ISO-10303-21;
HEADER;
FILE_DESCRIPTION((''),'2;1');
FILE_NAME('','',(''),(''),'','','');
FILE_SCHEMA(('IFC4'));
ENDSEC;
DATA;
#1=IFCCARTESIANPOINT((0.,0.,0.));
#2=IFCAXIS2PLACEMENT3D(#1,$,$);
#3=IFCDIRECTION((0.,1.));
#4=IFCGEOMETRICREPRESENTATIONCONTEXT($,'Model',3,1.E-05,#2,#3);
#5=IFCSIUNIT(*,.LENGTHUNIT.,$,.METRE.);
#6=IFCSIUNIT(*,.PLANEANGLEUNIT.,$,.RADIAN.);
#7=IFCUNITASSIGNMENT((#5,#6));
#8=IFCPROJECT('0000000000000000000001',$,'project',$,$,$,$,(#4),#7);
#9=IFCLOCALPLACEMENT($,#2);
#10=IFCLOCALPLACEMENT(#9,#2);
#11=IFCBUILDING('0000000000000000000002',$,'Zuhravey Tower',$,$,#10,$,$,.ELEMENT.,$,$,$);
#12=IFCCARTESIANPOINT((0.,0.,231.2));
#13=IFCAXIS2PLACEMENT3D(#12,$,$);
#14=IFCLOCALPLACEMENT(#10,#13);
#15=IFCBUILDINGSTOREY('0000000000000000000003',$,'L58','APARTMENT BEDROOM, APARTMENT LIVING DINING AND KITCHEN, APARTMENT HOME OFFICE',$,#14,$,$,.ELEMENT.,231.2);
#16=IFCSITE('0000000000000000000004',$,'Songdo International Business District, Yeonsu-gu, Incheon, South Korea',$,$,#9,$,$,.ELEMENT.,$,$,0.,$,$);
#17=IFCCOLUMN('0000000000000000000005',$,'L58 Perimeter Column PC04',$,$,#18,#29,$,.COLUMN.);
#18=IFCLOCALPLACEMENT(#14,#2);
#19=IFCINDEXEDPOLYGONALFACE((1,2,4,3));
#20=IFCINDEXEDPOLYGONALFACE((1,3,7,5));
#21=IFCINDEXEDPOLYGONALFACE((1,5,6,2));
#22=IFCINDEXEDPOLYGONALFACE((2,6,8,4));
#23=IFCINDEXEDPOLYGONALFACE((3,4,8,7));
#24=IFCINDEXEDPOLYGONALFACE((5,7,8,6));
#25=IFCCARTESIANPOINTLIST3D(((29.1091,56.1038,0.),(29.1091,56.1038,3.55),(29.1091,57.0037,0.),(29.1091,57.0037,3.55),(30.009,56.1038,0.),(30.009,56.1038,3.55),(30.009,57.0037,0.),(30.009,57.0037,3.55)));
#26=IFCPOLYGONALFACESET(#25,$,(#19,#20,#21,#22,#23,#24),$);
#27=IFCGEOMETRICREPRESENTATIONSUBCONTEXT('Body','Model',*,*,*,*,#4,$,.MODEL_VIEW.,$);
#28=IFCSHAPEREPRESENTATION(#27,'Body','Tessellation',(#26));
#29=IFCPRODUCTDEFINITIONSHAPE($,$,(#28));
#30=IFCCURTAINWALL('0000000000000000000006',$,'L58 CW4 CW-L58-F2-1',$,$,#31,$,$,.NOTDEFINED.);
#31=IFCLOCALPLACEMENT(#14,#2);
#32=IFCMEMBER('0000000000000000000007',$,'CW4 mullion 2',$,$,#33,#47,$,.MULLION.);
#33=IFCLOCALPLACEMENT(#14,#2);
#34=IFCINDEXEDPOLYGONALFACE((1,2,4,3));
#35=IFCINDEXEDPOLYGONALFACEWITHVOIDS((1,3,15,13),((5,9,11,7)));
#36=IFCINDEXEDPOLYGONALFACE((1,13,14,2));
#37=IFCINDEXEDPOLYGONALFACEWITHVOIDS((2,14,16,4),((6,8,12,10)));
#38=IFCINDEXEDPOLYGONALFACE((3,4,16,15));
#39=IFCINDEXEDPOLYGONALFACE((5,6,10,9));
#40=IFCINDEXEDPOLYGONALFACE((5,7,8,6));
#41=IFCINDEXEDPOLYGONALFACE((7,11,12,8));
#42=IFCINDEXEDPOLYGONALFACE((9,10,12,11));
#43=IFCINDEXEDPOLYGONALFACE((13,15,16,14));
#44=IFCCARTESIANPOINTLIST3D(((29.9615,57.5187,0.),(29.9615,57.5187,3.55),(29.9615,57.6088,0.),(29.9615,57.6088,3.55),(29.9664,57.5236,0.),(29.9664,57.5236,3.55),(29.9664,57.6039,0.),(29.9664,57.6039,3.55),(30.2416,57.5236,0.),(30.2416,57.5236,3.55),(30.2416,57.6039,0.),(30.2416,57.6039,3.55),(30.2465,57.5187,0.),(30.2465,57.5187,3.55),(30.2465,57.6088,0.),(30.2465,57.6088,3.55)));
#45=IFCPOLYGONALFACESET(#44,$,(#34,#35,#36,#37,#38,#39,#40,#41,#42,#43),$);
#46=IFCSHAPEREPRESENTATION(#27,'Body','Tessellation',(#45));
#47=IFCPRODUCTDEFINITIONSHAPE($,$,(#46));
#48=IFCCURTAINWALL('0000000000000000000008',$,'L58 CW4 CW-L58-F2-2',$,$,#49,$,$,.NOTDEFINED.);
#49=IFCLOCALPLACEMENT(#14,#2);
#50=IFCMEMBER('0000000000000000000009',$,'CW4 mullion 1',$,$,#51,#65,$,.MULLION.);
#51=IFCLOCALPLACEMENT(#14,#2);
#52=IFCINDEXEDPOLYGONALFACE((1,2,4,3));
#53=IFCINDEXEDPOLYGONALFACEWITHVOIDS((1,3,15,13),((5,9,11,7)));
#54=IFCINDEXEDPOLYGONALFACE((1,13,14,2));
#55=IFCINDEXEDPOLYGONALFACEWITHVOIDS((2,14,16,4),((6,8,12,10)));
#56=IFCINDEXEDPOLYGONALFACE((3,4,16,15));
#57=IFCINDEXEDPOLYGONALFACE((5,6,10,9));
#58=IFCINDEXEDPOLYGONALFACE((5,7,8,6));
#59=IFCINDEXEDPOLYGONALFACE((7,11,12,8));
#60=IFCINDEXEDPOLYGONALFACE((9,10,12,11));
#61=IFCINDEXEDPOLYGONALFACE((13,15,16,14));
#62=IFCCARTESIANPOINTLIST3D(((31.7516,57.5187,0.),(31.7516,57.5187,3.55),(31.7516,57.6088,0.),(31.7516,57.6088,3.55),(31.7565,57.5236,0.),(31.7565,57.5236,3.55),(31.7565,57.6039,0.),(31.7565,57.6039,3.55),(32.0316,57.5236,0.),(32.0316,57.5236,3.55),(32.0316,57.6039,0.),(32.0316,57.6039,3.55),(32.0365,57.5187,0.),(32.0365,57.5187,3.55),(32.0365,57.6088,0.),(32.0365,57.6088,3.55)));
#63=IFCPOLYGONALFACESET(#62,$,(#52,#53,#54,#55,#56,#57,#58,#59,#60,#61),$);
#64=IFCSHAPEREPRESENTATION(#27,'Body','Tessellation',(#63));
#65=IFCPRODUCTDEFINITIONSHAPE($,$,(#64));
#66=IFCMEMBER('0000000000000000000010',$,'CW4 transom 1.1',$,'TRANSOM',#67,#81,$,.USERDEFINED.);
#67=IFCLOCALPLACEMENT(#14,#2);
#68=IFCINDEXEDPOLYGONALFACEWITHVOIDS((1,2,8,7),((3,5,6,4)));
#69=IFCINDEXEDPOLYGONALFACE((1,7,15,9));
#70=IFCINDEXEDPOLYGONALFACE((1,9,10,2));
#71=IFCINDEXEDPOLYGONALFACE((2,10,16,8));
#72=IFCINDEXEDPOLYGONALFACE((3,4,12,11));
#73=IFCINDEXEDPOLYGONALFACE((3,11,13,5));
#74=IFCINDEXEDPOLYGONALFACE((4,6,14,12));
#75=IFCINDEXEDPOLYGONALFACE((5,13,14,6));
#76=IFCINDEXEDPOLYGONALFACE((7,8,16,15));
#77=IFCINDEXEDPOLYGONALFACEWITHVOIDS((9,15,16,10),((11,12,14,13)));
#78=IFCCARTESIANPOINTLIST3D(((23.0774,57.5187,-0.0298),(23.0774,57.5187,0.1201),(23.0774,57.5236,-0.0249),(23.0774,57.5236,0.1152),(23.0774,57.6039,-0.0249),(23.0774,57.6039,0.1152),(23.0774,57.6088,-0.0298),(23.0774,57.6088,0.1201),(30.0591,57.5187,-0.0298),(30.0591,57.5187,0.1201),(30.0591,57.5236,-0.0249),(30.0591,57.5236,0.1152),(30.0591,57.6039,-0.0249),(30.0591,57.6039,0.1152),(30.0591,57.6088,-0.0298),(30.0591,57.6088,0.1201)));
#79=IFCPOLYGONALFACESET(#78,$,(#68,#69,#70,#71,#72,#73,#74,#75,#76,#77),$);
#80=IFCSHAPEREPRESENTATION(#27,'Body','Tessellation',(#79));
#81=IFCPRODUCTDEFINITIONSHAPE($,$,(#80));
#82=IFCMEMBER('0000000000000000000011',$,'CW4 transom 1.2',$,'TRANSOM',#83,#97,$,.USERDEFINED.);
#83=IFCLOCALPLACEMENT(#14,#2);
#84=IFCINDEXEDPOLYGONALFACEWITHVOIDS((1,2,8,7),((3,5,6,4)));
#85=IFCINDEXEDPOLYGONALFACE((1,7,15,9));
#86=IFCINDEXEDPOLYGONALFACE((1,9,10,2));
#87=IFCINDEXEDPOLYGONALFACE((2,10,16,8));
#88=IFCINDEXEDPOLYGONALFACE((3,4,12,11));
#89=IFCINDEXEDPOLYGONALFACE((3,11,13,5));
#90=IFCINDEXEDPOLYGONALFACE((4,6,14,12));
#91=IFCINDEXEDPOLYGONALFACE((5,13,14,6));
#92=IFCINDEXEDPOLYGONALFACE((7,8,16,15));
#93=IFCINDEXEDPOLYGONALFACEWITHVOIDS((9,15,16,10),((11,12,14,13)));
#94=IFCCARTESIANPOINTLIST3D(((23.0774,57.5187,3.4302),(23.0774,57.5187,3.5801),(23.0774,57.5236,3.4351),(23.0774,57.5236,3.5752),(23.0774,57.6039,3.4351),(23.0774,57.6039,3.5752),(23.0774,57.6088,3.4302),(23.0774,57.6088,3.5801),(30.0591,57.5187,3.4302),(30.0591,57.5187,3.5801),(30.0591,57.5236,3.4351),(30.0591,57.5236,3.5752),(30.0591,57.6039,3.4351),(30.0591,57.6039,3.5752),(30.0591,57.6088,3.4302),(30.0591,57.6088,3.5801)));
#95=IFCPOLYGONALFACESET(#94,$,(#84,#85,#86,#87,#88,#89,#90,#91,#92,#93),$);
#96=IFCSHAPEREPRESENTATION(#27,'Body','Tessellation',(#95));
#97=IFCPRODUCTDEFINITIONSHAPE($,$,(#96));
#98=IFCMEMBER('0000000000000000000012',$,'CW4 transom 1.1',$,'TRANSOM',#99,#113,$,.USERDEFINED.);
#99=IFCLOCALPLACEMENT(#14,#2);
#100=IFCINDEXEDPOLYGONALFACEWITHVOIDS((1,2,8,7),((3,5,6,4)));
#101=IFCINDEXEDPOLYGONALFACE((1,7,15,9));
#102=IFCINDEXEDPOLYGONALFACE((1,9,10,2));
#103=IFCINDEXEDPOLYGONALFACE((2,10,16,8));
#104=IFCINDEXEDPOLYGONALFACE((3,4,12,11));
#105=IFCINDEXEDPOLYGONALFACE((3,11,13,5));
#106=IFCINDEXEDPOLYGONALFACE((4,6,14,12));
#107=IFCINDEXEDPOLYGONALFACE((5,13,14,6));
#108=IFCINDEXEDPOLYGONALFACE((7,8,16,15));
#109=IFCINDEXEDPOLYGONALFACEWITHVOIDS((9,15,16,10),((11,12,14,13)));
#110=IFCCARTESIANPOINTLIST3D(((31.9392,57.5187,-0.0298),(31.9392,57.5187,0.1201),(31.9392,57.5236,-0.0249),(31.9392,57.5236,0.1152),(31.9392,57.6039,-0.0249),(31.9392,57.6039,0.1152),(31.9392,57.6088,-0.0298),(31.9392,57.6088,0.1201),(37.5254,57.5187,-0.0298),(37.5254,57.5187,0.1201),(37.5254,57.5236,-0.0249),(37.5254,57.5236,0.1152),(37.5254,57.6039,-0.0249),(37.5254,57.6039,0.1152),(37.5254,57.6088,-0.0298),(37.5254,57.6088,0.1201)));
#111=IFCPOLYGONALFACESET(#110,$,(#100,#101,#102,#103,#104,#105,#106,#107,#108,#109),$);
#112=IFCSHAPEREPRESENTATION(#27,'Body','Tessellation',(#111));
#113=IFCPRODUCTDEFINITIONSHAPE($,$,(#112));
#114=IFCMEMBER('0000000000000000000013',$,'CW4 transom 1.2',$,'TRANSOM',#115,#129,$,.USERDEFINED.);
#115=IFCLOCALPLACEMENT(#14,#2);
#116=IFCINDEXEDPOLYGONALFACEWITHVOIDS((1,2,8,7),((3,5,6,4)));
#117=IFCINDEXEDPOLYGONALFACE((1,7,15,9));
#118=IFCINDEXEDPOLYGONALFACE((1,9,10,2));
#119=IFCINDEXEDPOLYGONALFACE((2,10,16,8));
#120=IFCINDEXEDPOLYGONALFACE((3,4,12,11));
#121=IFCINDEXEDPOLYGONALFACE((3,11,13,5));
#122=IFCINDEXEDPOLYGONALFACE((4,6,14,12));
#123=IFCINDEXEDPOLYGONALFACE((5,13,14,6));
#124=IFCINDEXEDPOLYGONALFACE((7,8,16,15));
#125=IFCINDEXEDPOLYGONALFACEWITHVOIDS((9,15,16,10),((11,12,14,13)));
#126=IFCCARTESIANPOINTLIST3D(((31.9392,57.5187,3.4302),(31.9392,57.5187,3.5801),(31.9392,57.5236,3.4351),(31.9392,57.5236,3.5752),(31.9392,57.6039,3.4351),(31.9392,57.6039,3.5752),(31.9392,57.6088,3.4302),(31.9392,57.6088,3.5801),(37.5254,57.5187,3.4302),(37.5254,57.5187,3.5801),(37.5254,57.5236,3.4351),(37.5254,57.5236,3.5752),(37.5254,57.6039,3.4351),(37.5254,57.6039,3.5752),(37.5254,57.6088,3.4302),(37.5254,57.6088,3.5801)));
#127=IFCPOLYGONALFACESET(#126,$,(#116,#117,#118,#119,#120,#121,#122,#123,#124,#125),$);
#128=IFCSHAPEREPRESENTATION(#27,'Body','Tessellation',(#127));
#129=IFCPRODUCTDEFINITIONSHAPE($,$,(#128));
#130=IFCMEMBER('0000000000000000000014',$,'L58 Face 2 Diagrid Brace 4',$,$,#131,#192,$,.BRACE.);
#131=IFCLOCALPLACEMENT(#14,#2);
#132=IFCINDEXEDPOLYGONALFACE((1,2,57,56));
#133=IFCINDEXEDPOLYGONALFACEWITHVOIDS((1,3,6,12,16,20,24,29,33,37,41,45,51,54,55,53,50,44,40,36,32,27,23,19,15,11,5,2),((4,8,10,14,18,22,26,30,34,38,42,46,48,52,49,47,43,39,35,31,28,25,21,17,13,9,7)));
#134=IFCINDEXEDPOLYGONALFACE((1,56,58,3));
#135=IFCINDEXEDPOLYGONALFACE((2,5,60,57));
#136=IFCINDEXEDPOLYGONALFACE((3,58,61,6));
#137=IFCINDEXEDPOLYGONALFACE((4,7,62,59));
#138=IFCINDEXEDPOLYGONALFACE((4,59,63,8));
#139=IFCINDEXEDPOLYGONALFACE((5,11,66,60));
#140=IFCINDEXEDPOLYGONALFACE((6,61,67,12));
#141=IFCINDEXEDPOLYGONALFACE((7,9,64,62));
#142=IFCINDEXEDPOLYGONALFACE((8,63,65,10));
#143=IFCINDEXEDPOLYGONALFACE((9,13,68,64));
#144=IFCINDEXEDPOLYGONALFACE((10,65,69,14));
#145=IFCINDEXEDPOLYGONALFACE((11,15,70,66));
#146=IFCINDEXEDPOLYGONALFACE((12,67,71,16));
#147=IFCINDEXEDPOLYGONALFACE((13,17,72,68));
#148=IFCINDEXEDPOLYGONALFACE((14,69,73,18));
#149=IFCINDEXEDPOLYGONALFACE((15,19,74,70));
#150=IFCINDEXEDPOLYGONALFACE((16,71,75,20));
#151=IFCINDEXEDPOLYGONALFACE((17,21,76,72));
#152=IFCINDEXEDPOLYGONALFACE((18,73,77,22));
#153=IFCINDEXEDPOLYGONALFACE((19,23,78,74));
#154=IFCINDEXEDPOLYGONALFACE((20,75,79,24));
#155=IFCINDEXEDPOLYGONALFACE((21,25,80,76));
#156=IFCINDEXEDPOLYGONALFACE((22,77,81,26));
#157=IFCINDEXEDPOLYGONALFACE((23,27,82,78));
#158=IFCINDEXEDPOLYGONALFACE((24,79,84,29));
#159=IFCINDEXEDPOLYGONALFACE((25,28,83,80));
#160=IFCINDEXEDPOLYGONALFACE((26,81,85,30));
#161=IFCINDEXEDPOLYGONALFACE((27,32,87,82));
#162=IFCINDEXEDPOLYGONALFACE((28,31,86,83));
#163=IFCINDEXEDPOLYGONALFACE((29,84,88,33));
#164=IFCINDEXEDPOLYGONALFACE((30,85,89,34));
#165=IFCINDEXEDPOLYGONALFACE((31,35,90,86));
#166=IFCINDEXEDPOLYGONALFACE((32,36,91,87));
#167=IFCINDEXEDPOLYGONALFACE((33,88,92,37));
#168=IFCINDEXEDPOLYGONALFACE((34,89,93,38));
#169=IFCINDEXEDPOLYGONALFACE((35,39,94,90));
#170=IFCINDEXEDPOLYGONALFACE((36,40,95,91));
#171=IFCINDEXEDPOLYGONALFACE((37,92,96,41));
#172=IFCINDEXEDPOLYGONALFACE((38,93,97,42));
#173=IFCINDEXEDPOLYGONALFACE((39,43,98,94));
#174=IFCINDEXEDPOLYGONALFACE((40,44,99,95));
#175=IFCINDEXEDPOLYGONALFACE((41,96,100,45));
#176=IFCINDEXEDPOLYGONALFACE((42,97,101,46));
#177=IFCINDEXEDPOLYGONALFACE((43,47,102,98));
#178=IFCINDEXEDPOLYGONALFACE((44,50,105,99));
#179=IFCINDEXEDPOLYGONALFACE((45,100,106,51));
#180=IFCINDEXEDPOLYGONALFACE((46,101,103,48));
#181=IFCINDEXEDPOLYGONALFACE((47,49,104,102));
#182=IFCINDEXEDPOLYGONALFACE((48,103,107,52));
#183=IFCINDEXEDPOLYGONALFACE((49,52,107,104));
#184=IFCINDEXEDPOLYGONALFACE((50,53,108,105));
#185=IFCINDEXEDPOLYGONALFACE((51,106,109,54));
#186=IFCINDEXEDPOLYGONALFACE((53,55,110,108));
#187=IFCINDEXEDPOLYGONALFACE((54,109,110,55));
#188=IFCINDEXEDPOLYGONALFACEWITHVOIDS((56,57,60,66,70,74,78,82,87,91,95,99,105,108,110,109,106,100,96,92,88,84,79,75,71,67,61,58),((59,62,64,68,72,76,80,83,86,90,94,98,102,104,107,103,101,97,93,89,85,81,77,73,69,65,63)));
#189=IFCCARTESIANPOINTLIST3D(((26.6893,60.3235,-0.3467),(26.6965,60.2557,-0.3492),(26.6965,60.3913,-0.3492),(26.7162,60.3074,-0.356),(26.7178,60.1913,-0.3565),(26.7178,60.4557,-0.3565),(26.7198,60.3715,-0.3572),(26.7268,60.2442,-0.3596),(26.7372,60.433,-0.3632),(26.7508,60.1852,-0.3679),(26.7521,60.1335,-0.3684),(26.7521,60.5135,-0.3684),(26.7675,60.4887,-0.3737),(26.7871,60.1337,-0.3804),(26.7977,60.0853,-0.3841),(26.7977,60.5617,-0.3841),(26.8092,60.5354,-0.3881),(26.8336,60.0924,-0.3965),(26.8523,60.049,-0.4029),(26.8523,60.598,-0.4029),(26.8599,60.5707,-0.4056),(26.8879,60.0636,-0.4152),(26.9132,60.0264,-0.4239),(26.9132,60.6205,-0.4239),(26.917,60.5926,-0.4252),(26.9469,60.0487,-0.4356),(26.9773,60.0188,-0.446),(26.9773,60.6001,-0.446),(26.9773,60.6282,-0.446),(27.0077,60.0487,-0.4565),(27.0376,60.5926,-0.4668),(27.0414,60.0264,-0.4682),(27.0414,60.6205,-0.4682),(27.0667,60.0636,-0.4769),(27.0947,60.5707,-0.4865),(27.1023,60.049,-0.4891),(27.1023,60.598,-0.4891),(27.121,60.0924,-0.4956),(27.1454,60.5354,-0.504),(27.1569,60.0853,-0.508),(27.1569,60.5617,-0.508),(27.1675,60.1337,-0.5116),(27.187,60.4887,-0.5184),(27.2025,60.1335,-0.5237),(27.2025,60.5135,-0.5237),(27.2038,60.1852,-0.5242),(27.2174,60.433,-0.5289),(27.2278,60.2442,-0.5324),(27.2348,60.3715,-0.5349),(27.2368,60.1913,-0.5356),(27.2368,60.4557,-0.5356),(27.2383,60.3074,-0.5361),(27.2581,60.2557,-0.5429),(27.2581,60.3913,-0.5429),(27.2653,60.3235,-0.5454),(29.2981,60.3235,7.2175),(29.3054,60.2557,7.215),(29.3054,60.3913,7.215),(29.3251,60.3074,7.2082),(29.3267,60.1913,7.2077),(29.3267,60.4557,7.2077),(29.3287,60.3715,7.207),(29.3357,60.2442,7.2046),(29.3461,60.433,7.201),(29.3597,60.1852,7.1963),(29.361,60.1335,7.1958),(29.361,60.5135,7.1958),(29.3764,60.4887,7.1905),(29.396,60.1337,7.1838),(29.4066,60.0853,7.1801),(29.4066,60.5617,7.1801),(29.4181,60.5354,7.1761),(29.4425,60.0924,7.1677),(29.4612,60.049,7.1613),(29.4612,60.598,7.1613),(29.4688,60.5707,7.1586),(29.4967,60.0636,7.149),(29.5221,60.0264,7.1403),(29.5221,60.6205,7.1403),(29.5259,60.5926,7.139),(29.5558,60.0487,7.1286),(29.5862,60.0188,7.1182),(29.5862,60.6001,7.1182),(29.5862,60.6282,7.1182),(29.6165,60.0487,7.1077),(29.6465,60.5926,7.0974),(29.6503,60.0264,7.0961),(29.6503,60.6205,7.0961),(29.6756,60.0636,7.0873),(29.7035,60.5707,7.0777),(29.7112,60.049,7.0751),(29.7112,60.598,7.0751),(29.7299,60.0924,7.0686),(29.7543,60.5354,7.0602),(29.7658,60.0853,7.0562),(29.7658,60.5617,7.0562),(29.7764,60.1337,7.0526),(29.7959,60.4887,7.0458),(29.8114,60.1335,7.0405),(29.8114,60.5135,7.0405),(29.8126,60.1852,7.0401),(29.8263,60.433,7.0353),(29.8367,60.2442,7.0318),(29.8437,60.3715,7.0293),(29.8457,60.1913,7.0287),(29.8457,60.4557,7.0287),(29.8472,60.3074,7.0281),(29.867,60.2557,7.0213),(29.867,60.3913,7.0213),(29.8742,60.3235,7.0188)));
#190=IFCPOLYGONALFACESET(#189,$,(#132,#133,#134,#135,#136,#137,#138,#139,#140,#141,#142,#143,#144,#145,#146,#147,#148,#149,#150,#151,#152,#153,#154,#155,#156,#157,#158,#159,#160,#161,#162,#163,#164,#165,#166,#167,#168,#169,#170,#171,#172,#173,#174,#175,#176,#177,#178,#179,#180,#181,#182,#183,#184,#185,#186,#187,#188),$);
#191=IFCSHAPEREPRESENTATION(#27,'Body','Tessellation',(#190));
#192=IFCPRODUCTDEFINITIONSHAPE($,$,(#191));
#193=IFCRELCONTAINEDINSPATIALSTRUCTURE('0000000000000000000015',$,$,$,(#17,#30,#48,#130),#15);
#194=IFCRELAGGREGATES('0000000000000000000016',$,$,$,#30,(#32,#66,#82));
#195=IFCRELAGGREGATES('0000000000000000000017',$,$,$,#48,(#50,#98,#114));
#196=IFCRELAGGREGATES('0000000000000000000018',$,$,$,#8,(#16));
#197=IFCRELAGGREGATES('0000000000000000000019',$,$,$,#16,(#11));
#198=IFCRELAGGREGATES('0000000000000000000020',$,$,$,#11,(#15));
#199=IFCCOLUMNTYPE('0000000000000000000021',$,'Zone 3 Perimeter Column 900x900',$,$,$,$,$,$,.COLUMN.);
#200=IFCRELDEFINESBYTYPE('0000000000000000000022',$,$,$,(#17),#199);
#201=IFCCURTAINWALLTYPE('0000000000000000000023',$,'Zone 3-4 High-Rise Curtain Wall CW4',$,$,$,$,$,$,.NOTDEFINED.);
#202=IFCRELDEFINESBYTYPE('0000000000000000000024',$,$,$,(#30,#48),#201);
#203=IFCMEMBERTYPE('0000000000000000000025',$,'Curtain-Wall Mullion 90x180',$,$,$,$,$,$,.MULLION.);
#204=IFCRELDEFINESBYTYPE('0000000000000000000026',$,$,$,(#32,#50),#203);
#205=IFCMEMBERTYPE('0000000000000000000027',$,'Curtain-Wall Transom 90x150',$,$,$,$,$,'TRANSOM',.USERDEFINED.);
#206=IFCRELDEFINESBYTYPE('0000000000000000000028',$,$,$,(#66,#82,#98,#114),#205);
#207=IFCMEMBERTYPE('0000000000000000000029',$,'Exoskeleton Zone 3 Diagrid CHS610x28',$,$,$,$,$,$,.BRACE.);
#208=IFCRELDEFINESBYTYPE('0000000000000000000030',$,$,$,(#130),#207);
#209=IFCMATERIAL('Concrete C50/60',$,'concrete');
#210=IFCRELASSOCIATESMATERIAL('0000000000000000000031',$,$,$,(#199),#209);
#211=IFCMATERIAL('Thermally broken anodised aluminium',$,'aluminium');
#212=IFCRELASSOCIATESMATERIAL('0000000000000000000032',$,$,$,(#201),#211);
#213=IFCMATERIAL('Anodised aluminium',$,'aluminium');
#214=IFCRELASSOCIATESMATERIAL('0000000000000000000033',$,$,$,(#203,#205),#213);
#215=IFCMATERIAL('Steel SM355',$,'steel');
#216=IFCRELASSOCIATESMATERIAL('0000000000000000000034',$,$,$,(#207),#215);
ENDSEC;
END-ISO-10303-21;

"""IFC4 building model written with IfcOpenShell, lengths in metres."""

from ifc_helpers import new_model, si_unit, direction, frame, origin, origin_2d, place, context, subcontext, project, spatial, rectangle, hollow_rectangle, hollow_circle, extrude, material, material_profile, profile_set, type_object, element, aggregate, save


model = new_model("IFC4")

# Units and contexts
model_context = context("Model", 3, precision=1e-05, world=origin(), true_north=direction((0.0, 1.0)))
body_context = subcontext(model_context, "Body", "Model", "MODEL_VIEW")
ifc_project = project(units=[si_unit("LENGTHUNIT", "METRE"), si_unit("PLANEANGLEUNIT", "RADIAN")], contexts=[model_context])

# Site, building, storey
site_placement = place(None, origin())
site = spatial("IfcSite", under=ifc_project, at=site_placement, Name="Songdo International Business District, Yeonsu-gu, Incheon, South Korea", CompositionType="ELEMENT", RefElevation=0.0)
building_placement = place(site_placement, origin())
building = spatial("IfcBuilding", under=site, at=building_placement, Name="Zuhravey Tower", CompositionType="ELEMENT")
storey_placement = place(building_placement, frame((0.0, 0.0, 231.2)))
storey = spatial("IfcBuildingStorey", under=building, at=storey_placement, Name="L58", Description="APARTMENT BEDROOM, APARTMENT LIVING DINING AND KITCHEN, APARTMENT HOME OFFICE", CompositionType="ELEMENT", Elevation=231.2)

# Column
ifc_material_1 = material(Name="Concrete C50/60", Category="concrete")
ifc_material_profile_1 = material_profile(ifc_material_1, rectangle(XDim=0.8999, YDim=0.8999, at=origin_2d()), Name="RC-900x900")
ifc_profile_set_1 = profile_set([ifc_material_profile_1], Name="Concrete C50/60")
column_type = type_object("IfcColumnType", Name="Zone 3 Perimeter Column 900x900", PredefinedType="COLUMN", material=ifc_profile_set_1)
column_placement = place(storey_placement, frame((29.5591, 56.5537, 0.0), z_axis=(0.0, 0.0, 1.0), x_axis=(-1.0, 0.0, 0.0)))
element("IfcColumn", 1, at=column_placement, inside=storey, type_object=column_type, Name="L58 Perimeter Column PC04", PredefinedType="COLUMN", context=body_context, shape_type="SweptSolid", body=[
    extrude(rectangle(XDim=0.8999, YDim=0.8999, at=origin_2d()), origin(), (0.0, 0.0, 1.0), 3.55),
])

# Curtain walls, members
ifc_material_2 = material(Name="Thermally broken anodised aluminium", Category="aluminium")
curtain_wall_type = type_object("IfcCurtainWallType", Name="Zone 3-4 High-Rise Curtain Wall CW4", PredefinedType="NOTDEFINED", material=ifc_material_2)
curtain_wall_1_placement = place(storey_placement, origin())
curtain_wall_1 = element("IfcCurtainWall", 2, at=curtain_wall_1_placement, inside=storey, type_object=curtain_wall_type, Name="L58 CW4 CW-L58-F2-1", PredefinedType="NOTDEFINED")
ifc_material_3 = material(Name="Anodised aluminium", Category="aluminium")
ifc_material_profile_2 = material_profile(ifc_material_3, hollow_rectangle(XDim=0.0901, YDim=0.2849, WallThickness=0.0049, at=origin_2d()), Name="ALU-RHS-90x285x5")
ifc_profile_set_2 = profile_set([ifc_material_profile_2], Name="Anodised aluminium")
member_type_1 = type_object("IfcMemberType", Name="Curtain-Wall Mullion 90x180", PredefinedType="MULLION", material=ifc_profile_set_2)
member_1_placement = place(storey_placement, frame((30.104, 57.5637, 0.0), z_axis=(0.0, 0.0, 1.0), x_axis=(0.0, 1.0, 0.0)))
member_1 = element("IfcMember", 3, at=member_1_placement, type_object=member_type_1, Name="CW4 mullion 2", PredefinedType="MULLION", context=body_context, shape_type="SweptSolid", body=[
    extrude(hollow_rectangle(XDim=0.0901, YDim=0.2849, WallThickness=0.0049, at=origin_2d()), origin(), (0.0, 0.0, 1.0), 3.55),
])
curtain_wall_2_placement = place(storey_placement, origin())
curtain_wall_2 = element("IfcCurtainWall", 4, at=curtain_wall_2_placement, inside=storey, type_object=curtain_wall_type, Name="L58 CW4 CW-L58-F2-2", PredefinedType="NOTDEFINED")
member_2_placement = place(storey_placement, frame((31.894, 57.5637, 0.0), z_axis=(0.0, 0.0, 1.0), x_axis=(0.0, 1.0, 0.0)))
member_2 = element("IfcMember", 5, at=member_2_placement, type_object=member_type_1, Name="CW4 mullion 1", PredefinedType="MULLION", context=body_context, shape_type="SweptSolid", body=[
    extrude(hollow_rectangle(XDim=0.0901, YDim=0.2849, WallThickness=0.0049, at=origin_2d()), origin(), (0.0, 0.0, 1.0), 3.55),
])

# Members
ifc_material_profile_3 = material_profile(ifc_material_3, hollow_rectangle(XDim=0.0901, YDim=0.1499, WallThickness=0.0049, at=origin_2d()), Name="ALU-RHS-90x150x5")
ifc_profile_set_3 = profile_set([ifc_material_profile_3], Name="Anodised aluminium")
member_type_2 = type_object("IfcMemberType", Name="Curtain-Wall Transom 90x150", ElementType="TRANSOM", PredefinedType="USERDEFINED", material=ifc_profile_set_3)
member_3_placement = place(storey_placement, frame((23.0774, 57.5637, 0.0452), z_axis=(1.0, 0.0, 0.0), x_axis=(0.0, 1.0, 0.0)))
member_3 = element("IfcMember", 6, at=member_3_placement, type_object=member_type_2, Name="CW4 transom 1.1", ObjectType="TRANSOM", PredefinedType="USERDEFINED", context=body_context, shape_type="SweptSolid", body=[
    extrude(hollow_rectangle(XDim=0.0901, YDim=0.1499, WallThickness=0.0049, at=origin_2d()), origin(), (0.0, 0.0, 1.0), 6.9817),
])
member_4_placement = place(storey_placement, frame((23.0774, 57.5637, 3.5051), z_axis=(1.0, 0.0, 0.0), x_axis=(0.0, 1.0, 0.0)))
member_4 = element("IfcMember", 7, at=member_4_placement, type_object=member_type_2, Name="CW4 transom 1.2", ObjectType="TRANSOM", PredefinedType="USERDEFINED", context=body_context, shape_type="SweptSolid", body=[
    extrude(hollow_rectangle(XDim=0.0901, YDim=0.1499, WallThickness=0.0049, at=origin_2d()), origin(), (0.0, 0.0, 1.0), 6.9817),
])
member_5_placement = place(storey_placement, frame((31.9392, 57.5637, 0.0452), z_axis=(1.0, 0.0, 0.0), x_axis=(0.0, 1.0, 0.0)))
member_5 = element("IfcMember", 8, at=member_5_placement, type_object=member_type_2, Name="CW4 transom 1.1", ObjectType="TRANSOM", PredefinedType="USERDEFINED", context=body_context, shape_type="SweptSolid", body=[
    extrude(hollow_rectangle(XDim=0.0901, YDim=0.1499, WallThickness=0.0049, at=origin_2d()), origin(), (0.0, 0.0, 1.0), 5.5862),
])
member_6_placement = place(storey_placement, frame((31.9392, 57.5637, 3.5051), z_axis=(1.0, 0.0, 0.0), x_axis=(0.0, 1.0, 0.0)))
member_6 = element("IfcMember", 9, at=member_6_placement, type_object=member_type_2, Name="CW4 transom 1.2", ObjectType="TRANSOM", PredefinedType="USERDEFINED", context=body_context, shape_type="SweptSolid", body=[
    extrude(hollow_rectangle(XDim=0.0901, YDim=0.1499, WallThickness=0.0049, at=origin_2d()), origin(), (0.0, 0.0, 1.0), 5.5862),
])

# Member
ifc_material_4 = material(Name="Steel SM355", Category="steel")
ifc_material_profile_4 = material_profile(ifc_material_4, hollow_circle(Radius=0.3047, WallThickness=0.0281, at=origin_2d()), Name="CHS-609.6x28")
ifc_profile_set_4 = profile_set([ifc_material_profile_4], Name="Steel SM355")
member_type_3 = type_object("IfcMemberType", Name="Exoskeleton Zone 3 Diagrid CHS610x28", PredefinedType="BRACE", material=ifc_profile_set_4)
member_7_placement = place(storey_placement, frame((26.9773, 60.3235, -0.446), z_axis=(0.326051, 0.0, 0.945352), x_axis=(0.0, 1.0, 0.0)))
element("IfcMember", 10, at=member_7_placement, inside=storey, type_object=member_type_3, Name="L58 Face 2 Diagrid Brace 4", PredefinedType="BRACE", context=body_context, shape_type="SweptSolid", body=[
    extrude(hollow_circle(Radius=0.3047, WallThickness=0.0281, at=origin_2d()), origin(), (0.0, 0.0, 1.0), 8.0015),
])

aggregate(curtain_wall_1, [member_1, member_3, member_4])
aggregate(curtain_wall_2, [member_2, member_5, member_6])

save(model, "model.ifc")
